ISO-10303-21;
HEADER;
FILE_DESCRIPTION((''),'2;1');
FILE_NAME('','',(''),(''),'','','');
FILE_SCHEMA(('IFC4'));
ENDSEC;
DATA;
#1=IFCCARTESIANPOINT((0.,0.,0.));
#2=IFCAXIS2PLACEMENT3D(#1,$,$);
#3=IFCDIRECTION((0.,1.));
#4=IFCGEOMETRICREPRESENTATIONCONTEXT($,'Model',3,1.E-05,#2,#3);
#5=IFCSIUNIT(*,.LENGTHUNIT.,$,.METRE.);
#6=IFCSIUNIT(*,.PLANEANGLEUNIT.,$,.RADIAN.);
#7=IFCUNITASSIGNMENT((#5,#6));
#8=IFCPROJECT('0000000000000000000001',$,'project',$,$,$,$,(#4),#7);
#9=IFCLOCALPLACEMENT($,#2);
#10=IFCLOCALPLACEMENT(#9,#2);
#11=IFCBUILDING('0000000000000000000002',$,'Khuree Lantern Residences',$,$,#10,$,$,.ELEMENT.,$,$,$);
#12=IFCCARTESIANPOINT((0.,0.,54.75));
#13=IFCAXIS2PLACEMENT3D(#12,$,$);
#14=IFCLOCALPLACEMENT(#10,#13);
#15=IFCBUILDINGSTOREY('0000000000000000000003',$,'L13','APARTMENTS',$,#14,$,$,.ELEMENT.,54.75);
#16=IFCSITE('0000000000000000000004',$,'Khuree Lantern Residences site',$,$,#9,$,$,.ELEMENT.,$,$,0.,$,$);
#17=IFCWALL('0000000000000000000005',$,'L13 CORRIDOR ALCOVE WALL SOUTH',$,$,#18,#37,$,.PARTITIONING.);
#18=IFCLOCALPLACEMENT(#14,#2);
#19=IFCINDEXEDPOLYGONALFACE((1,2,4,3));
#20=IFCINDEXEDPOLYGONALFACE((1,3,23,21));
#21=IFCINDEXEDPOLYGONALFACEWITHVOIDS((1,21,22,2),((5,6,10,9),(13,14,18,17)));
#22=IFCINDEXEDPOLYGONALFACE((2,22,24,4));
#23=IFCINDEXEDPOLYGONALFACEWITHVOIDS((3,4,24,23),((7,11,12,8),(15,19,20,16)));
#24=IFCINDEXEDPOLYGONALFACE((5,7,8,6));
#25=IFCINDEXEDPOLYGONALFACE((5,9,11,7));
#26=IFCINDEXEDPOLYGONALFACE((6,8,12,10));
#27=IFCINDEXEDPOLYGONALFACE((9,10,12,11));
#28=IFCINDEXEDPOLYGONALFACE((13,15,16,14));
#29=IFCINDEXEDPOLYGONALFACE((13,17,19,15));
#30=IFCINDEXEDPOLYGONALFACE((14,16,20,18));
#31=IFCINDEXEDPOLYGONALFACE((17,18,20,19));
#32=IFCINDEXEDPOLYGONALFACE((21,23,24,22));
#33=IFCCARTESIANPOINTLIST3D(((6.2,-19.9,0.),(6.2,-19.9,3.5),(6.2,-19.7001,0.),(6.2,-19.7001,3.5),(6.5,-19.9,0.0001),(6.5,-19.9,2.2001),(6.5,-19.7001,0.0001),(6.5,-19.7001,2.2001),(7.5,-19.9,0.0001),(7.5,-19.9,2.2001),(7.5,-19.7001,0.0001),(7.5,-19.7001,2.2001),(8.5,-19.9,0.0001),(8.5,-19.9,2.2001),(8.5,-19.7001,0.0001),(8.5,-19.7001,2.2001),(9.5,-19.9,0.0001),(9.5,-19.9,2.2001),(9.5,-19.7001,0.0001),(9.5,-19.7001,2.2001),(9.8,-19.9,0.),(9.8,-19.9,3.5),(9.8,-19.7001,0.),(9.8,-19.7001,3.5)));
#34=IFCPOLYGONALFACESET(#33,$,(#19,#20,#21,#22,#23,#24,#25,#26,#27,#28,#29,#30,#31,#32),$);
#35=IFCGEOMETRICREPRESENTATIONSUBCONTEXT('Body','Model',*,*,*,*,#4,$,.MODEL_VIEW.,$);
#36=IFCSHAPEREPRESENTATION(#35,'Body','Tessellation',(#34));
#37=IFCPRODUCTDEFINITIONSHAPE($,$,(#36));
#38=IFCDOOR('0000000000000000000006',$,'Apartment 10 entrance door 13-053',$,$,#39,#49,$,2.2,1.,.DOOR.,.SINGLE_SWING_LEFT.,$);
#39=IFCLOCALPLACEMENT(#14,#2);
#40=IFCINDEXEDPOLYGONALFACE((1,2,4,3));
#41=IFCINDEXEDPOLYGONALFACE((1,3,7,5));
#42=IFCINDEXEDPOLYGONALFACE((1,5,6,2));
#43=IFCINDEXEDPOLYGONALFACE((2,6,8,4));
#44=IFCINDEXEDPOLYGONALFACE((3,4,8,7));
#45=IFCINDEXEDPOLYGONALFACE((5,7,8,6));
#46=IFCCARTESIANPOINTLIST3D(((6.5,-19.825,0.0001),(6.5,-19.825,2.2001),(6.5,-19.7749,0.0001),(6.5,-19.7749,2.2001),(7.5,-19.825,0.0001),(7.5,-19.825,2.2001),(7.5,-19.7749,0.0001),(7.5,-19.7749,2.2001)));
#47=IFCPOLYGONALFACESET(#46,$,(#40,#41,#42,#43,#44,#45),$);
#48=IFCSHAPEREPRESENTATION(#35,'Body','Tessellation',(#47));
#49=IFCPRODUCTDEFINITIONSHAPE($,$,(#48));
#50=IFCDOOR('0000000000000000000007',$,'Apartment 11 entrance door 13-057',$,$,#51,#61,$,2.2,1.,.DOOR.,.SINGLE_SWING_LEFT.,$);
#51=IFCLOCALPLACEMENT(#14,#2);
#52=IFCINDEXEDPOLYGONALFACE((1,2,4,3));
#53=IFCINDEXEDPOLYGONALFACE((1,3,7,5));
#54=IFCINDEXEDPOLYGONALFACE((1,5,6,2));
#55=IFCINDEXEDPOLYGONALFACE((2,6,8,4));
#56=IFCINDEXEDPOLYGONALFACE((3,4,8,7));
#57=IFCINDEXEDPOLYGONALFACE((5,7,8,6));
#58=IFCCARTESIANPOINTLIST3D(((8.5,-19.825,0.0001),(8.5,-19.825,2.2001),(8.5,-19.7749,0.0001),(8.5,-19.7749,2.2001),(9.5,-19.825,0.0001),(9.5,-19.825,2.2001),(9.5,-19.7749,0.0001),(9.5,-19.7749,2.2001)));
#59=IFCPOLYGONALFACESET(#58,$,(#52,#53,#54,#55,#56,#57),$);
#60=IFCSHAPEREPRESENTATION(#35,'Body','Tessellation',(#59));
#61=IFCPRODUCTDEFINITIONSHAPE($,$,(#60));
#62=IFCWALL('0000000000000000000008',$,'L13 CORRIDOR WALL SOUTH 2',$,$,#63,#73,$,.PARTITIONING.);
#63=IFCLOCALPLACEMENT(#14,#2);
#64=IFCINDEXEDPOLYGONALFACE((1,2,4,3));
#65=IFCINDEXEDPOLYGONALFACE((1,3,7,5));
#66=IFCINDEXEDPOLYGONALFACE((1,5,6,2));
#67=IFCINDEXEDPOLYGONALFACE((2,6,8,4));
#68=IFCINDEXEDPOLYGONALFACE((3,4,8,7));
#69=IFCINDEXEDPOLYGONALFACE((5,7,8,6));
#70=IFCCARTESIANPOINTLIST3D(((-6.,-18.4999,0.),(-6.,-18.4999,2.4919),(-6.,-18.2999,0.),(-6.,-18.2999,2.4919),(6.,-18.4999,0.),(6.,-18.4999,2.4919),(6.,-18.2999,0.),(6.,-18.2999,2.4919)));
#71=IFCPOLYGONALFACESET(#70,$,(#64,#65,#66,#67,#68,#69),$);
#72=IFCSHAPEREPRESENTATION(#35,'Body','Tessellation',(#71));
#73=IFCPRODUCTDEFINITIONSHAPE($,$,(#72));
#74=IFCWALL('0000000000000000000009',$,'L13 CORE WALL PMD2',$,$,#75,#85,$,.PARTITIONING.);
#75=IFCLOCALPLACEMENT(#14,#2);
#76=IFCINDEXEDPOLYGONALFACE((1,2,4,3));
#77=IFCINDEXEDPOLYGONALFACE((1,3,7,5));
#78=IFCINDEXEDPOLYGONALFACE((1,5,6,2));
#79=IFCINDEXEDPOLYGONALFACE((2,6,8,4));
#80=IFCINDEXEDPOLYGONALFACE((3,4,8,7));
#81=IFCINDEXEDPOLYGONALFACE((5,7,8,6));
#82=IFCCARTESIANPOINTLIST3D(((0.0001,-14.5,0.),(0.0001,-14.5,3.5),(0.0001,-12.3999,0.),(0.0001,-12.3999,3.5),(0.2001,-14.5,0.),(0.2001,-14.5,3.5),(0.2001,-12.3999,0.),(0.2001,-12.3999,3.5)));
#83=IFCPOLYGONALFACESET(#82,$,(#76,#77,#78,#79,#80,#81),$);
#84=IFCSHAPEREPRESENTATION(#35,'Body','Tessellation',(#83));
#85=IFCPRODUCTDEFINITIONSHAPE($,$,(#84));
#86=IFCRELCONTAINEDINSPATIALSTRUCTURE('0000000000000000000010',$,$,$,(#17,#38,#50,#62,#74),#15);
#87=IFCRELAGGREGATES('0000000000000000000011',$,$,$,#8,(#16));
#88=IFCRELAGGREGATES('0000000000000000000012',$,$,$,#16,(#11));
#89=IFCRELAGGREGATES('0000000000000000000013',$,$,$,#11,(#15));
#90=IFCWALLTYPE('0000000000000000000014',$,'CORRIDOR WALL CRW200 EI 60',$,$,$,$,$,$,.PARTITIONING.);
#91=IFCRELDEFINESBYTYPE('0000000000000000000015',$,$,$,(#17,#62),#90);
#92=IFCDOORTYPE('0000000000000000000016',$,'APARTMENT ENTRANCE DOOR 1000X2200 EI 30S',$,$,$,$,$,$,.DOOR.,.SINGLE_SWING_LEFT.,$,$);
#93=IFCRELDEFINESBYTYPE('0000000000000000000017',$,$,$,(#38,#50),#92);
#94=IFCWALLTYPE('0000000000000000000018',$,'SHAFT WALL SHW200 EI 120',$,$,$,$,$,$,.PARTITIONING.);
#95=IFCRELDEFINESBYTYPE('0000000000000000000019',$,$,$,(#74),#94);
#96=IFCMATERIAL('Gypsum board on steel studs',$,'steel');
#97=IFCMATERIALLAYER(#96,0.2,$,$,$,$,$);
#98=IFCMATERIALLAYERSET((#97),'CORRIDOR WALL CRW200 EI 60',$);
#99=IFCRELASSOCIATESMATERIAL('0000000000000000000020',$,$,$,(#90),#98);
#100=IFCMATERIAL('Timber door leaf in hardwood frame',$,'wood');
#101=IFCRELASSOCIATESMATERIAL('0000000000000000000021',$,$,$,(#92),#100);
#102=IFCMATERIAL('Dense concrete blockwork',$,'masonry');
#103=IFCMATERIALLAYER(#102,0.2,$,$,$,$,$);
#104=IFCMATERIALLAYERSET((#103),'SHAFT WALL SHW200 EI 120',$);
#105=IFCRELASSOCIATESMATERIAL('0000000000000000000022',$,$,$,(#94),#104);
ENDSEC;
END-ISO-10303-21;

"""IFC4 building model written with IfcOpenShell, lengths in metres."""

from ifc_helpers import new_model, si_unit, direction, frame, frame_2d, origin, place, context, subcontext, project, spatial, rectangle, extrude, material, layer, layer_set, type_object, element, fill, save


model = new_model("IFC4")

# Units and contexts
model_context = context("Model", 3, precision=1e-05, world=origin(), true_north=direction((0.0, 1.0)))
body_context = subcontext(model_context, "Body", "Model", "MODEL_VIEW")
ifc_project = project(units=[si_unit("LENGTHUNIT", "METRE"), si_unit("PLANEANGLEUNIT", "RADIAN")], contexts=[model_context])

# Site, building, storey
site_placement = place(None, origin())
site = spatial("IfcSite", under=ifc_project, at=site_placement, Name="Khuree Lantern Residences site", CompositionType="ELEMENT", RefElevation=0.0)
building_placement = place(site_placement, origin())
building = spatial("IfcBuilding", under=site, at=building_placement, Name="Khuree Lantern Residences", CompositionType="ELEMENT")
storey_placement = place(building_placement, frame((0.0, 0.0, 54.75)))
storey = spatial("IfcBuildingStorey", under=building, at=storey_placement, Name="L13", Description="APARTMENTS", CompositionType="ELEMENT", Elevation=54.75)

# Shared definitions
ifc_material_1 = material(Name="Dense concrete blockwork", Category="masonry")

# Shared definitions
ifc_material_2 = material(Name="Timber door leaf in hardwood frame", Category="wood")

# Shared definitions
ifc_material_3 = material(Name="Gypsum board on steel studs", Category="steel")
ifc_layer_1 = layer(ifc_material_3, 0.2)
ifc_layer_set_1 = layer_set([ifc_layer_1], Name="CORRIDOR WALL CRW200 EI 60")
wall_type_1 = type_object("IfcWallType", Name="CORRIDOR WALL CRW200 EI 60", PredefinedType="PARTITIONING", material=ifc_layer_set_1)

# Wall, openings, doors
wall_1_placement = place(storey_placement, frame((9.8, -19.8, 0.0), z_axis=(0.0, 0.0, 1.0), x_axis=(-1.0, 0.0, 0.0)))
wall_1 = element("IfcWall", 1, at=wall_1_placement, inside=storey, type_object=wall_type_1, Name="L13 CORRIDOR ALCOVE WALL SOUTH", PredefinedType="PARTITIONING", context=body_context, shape_type="SweptSolid", body=[
    extrude(rectangle(XDim=3.6001, YDim=0.2, at=frame_2d((1.8, 0.0))), origin(), (0.0, 0.0, 1.0), 3.5),
])
opening_1_placement = place(wall_1_placement, frame((2.3, 0.0, 0.0)))
opening_1 = element("IfcOpeningElement", 2, at=opening_1_placement, cuts=wall_1, PredefinedType="OPENING", context=body_context, shape_type="SweptSolid", body=[
    extrude(rectangle(XDim=1.0, YDim=2.2, at=frame_2d((0.5, 1.1001))), frame((0.0, 0.1099, 0.0), z_axis=(0.0, -1.0, 0.0), x_axis=(1.0, 0.0, 0.0)), (0.0, 0.0, 1.0), 0.22),
])
opening_2_placement = place(wall_1_placement, frame((0.3, 0.0, 0.0)))
opening_2 = element("IfcOpeningElement", 3, at=opening_2_placement, cuts=wall_1, PredefinedType="OPENING", context=body_context, shape_type="SweptSolid", body=[
    extrude(rectangle(XDim=1.0, YDim=2.2, at=frame_2d((0.5, 1.1001))), frame((0.0, 0.1099, 0.0), z_axis=(0.0, -1.0, 0.0), x_axis=(1.0, 0.0, 0.0)), (0.0, 0.0, 1.0), 0.22),
])
door_type_1 = type_object("IfcDoorType", Name="APARTMENT ENTRANCE DOOR 1000X2200 EI 30S", OperationType="SINGLE_SWING_LEFT", PredefinedType="DOOR", material=ifc_material_2)
door_1_placement = place(opening_1_placement, origin())
door_1 = element("IfcDoor", 4, at=door_1_placement, inside=storey, type_object=door_type_1, Name="Apartment 10 entrance door 13-053", OperationType="SINGLE_SWING_LEFT", OverallHeight=2.2, OverallWidth=1.0, PredefinedType="DOOR", context=body_context, shape_type="SweptSolid", body=[
    extrude(rectangle(XDim=1.0, YDim=2.2, at=frame_2d((0.5, 1.1001))), frame((0.0, 0.0249, 0.0), z_axis=(0.0, -1.0, 0.0), x_axis=(1.0, 0.0, 0.0)), (0.0, 0.0, 1.0), 0.05),
])
fill(opening_1, door_1)
door_2_placement = place(opening_2_placement, origin())
door_2 = element("IfcDoor", 5, at=door_2_placement, inside=storey, type_object=door_type_1, Name="Apartment 11 entrance door 13-057", OperationType="SINGLE_SWING_LEFT", OverallHeight=2.2, OverallWidth=1.0, PredefinedType="DOOR", context=body_context, shape_type="SweptSolid", body=[
    extrude(rectangle(XDim=1.0, YDim=2.2, at=frame_2d((0.5, 1.1001))), frame((0.0, 0.0249, 0.0), z_axis=(0.0, -1.0, 0.0), x_axis=(1.0, 0.0, 0.0)), (0.0, 0.0, 1.0), 0.05),
])
fill(opening_2, door_2)

# Walls
wall_2_placement = place(storey_placement, frame((6.0, -18.3999, 0.0), z_axis=(0.0, 0.0, 1.0), x_axis=(-1.0, 0.0, 0.0)))
element("IfcWall", 6, at=wall_2_placement, inside=storey, type_object=wall_type_1, Name="L13 CORRIDOR WALL SOUTH 2", PredefinedType="PARTITIONING", context=body_context, shape_type="SweptSolid", body=[
    extrude(rectangle(XDim=12.0, YDim=0.2, at=frame_2d((6.0, 0.0))), origin(), (0.0, 0.0, 1.0), 2.4919),
])
ifc_layer_2 = layer(ifc_material_1, 0.2)
ifc_layer_set_2 = layer_set([ifc_layer_2], Name="SHAFT WALL SHW200 EI 120")
wall_type_2 = type_object("IfcWallType", Name="SHAFT WALL SHW200 EI 120", PredefinedType="PARTITIONING", material=ifc_layer_set_2)
wall_3_placement = place(storey_placement, frame((0.1001, -14.5, 0.0), z_axis=(0.0, 0.0, 1.0), x_axis=(0.0, 1.0, 0.0)))
element("IfcWall", 7, at=wall_3_placement, inside=storey, type_object=wall_type_2, Name="L13 CORE WALL PMD2", PredefinedType="PARTITIONING", context=body_context, shape_type="SweptSolid", body=[
    extrude(rectangle(XDim=2.1001, YDim=0.2, at=frame_2d((1.05, 0.0))), origin(), (0.0, 0.0, 1.0), 3.5),
])

save(model, "model.ifc")
